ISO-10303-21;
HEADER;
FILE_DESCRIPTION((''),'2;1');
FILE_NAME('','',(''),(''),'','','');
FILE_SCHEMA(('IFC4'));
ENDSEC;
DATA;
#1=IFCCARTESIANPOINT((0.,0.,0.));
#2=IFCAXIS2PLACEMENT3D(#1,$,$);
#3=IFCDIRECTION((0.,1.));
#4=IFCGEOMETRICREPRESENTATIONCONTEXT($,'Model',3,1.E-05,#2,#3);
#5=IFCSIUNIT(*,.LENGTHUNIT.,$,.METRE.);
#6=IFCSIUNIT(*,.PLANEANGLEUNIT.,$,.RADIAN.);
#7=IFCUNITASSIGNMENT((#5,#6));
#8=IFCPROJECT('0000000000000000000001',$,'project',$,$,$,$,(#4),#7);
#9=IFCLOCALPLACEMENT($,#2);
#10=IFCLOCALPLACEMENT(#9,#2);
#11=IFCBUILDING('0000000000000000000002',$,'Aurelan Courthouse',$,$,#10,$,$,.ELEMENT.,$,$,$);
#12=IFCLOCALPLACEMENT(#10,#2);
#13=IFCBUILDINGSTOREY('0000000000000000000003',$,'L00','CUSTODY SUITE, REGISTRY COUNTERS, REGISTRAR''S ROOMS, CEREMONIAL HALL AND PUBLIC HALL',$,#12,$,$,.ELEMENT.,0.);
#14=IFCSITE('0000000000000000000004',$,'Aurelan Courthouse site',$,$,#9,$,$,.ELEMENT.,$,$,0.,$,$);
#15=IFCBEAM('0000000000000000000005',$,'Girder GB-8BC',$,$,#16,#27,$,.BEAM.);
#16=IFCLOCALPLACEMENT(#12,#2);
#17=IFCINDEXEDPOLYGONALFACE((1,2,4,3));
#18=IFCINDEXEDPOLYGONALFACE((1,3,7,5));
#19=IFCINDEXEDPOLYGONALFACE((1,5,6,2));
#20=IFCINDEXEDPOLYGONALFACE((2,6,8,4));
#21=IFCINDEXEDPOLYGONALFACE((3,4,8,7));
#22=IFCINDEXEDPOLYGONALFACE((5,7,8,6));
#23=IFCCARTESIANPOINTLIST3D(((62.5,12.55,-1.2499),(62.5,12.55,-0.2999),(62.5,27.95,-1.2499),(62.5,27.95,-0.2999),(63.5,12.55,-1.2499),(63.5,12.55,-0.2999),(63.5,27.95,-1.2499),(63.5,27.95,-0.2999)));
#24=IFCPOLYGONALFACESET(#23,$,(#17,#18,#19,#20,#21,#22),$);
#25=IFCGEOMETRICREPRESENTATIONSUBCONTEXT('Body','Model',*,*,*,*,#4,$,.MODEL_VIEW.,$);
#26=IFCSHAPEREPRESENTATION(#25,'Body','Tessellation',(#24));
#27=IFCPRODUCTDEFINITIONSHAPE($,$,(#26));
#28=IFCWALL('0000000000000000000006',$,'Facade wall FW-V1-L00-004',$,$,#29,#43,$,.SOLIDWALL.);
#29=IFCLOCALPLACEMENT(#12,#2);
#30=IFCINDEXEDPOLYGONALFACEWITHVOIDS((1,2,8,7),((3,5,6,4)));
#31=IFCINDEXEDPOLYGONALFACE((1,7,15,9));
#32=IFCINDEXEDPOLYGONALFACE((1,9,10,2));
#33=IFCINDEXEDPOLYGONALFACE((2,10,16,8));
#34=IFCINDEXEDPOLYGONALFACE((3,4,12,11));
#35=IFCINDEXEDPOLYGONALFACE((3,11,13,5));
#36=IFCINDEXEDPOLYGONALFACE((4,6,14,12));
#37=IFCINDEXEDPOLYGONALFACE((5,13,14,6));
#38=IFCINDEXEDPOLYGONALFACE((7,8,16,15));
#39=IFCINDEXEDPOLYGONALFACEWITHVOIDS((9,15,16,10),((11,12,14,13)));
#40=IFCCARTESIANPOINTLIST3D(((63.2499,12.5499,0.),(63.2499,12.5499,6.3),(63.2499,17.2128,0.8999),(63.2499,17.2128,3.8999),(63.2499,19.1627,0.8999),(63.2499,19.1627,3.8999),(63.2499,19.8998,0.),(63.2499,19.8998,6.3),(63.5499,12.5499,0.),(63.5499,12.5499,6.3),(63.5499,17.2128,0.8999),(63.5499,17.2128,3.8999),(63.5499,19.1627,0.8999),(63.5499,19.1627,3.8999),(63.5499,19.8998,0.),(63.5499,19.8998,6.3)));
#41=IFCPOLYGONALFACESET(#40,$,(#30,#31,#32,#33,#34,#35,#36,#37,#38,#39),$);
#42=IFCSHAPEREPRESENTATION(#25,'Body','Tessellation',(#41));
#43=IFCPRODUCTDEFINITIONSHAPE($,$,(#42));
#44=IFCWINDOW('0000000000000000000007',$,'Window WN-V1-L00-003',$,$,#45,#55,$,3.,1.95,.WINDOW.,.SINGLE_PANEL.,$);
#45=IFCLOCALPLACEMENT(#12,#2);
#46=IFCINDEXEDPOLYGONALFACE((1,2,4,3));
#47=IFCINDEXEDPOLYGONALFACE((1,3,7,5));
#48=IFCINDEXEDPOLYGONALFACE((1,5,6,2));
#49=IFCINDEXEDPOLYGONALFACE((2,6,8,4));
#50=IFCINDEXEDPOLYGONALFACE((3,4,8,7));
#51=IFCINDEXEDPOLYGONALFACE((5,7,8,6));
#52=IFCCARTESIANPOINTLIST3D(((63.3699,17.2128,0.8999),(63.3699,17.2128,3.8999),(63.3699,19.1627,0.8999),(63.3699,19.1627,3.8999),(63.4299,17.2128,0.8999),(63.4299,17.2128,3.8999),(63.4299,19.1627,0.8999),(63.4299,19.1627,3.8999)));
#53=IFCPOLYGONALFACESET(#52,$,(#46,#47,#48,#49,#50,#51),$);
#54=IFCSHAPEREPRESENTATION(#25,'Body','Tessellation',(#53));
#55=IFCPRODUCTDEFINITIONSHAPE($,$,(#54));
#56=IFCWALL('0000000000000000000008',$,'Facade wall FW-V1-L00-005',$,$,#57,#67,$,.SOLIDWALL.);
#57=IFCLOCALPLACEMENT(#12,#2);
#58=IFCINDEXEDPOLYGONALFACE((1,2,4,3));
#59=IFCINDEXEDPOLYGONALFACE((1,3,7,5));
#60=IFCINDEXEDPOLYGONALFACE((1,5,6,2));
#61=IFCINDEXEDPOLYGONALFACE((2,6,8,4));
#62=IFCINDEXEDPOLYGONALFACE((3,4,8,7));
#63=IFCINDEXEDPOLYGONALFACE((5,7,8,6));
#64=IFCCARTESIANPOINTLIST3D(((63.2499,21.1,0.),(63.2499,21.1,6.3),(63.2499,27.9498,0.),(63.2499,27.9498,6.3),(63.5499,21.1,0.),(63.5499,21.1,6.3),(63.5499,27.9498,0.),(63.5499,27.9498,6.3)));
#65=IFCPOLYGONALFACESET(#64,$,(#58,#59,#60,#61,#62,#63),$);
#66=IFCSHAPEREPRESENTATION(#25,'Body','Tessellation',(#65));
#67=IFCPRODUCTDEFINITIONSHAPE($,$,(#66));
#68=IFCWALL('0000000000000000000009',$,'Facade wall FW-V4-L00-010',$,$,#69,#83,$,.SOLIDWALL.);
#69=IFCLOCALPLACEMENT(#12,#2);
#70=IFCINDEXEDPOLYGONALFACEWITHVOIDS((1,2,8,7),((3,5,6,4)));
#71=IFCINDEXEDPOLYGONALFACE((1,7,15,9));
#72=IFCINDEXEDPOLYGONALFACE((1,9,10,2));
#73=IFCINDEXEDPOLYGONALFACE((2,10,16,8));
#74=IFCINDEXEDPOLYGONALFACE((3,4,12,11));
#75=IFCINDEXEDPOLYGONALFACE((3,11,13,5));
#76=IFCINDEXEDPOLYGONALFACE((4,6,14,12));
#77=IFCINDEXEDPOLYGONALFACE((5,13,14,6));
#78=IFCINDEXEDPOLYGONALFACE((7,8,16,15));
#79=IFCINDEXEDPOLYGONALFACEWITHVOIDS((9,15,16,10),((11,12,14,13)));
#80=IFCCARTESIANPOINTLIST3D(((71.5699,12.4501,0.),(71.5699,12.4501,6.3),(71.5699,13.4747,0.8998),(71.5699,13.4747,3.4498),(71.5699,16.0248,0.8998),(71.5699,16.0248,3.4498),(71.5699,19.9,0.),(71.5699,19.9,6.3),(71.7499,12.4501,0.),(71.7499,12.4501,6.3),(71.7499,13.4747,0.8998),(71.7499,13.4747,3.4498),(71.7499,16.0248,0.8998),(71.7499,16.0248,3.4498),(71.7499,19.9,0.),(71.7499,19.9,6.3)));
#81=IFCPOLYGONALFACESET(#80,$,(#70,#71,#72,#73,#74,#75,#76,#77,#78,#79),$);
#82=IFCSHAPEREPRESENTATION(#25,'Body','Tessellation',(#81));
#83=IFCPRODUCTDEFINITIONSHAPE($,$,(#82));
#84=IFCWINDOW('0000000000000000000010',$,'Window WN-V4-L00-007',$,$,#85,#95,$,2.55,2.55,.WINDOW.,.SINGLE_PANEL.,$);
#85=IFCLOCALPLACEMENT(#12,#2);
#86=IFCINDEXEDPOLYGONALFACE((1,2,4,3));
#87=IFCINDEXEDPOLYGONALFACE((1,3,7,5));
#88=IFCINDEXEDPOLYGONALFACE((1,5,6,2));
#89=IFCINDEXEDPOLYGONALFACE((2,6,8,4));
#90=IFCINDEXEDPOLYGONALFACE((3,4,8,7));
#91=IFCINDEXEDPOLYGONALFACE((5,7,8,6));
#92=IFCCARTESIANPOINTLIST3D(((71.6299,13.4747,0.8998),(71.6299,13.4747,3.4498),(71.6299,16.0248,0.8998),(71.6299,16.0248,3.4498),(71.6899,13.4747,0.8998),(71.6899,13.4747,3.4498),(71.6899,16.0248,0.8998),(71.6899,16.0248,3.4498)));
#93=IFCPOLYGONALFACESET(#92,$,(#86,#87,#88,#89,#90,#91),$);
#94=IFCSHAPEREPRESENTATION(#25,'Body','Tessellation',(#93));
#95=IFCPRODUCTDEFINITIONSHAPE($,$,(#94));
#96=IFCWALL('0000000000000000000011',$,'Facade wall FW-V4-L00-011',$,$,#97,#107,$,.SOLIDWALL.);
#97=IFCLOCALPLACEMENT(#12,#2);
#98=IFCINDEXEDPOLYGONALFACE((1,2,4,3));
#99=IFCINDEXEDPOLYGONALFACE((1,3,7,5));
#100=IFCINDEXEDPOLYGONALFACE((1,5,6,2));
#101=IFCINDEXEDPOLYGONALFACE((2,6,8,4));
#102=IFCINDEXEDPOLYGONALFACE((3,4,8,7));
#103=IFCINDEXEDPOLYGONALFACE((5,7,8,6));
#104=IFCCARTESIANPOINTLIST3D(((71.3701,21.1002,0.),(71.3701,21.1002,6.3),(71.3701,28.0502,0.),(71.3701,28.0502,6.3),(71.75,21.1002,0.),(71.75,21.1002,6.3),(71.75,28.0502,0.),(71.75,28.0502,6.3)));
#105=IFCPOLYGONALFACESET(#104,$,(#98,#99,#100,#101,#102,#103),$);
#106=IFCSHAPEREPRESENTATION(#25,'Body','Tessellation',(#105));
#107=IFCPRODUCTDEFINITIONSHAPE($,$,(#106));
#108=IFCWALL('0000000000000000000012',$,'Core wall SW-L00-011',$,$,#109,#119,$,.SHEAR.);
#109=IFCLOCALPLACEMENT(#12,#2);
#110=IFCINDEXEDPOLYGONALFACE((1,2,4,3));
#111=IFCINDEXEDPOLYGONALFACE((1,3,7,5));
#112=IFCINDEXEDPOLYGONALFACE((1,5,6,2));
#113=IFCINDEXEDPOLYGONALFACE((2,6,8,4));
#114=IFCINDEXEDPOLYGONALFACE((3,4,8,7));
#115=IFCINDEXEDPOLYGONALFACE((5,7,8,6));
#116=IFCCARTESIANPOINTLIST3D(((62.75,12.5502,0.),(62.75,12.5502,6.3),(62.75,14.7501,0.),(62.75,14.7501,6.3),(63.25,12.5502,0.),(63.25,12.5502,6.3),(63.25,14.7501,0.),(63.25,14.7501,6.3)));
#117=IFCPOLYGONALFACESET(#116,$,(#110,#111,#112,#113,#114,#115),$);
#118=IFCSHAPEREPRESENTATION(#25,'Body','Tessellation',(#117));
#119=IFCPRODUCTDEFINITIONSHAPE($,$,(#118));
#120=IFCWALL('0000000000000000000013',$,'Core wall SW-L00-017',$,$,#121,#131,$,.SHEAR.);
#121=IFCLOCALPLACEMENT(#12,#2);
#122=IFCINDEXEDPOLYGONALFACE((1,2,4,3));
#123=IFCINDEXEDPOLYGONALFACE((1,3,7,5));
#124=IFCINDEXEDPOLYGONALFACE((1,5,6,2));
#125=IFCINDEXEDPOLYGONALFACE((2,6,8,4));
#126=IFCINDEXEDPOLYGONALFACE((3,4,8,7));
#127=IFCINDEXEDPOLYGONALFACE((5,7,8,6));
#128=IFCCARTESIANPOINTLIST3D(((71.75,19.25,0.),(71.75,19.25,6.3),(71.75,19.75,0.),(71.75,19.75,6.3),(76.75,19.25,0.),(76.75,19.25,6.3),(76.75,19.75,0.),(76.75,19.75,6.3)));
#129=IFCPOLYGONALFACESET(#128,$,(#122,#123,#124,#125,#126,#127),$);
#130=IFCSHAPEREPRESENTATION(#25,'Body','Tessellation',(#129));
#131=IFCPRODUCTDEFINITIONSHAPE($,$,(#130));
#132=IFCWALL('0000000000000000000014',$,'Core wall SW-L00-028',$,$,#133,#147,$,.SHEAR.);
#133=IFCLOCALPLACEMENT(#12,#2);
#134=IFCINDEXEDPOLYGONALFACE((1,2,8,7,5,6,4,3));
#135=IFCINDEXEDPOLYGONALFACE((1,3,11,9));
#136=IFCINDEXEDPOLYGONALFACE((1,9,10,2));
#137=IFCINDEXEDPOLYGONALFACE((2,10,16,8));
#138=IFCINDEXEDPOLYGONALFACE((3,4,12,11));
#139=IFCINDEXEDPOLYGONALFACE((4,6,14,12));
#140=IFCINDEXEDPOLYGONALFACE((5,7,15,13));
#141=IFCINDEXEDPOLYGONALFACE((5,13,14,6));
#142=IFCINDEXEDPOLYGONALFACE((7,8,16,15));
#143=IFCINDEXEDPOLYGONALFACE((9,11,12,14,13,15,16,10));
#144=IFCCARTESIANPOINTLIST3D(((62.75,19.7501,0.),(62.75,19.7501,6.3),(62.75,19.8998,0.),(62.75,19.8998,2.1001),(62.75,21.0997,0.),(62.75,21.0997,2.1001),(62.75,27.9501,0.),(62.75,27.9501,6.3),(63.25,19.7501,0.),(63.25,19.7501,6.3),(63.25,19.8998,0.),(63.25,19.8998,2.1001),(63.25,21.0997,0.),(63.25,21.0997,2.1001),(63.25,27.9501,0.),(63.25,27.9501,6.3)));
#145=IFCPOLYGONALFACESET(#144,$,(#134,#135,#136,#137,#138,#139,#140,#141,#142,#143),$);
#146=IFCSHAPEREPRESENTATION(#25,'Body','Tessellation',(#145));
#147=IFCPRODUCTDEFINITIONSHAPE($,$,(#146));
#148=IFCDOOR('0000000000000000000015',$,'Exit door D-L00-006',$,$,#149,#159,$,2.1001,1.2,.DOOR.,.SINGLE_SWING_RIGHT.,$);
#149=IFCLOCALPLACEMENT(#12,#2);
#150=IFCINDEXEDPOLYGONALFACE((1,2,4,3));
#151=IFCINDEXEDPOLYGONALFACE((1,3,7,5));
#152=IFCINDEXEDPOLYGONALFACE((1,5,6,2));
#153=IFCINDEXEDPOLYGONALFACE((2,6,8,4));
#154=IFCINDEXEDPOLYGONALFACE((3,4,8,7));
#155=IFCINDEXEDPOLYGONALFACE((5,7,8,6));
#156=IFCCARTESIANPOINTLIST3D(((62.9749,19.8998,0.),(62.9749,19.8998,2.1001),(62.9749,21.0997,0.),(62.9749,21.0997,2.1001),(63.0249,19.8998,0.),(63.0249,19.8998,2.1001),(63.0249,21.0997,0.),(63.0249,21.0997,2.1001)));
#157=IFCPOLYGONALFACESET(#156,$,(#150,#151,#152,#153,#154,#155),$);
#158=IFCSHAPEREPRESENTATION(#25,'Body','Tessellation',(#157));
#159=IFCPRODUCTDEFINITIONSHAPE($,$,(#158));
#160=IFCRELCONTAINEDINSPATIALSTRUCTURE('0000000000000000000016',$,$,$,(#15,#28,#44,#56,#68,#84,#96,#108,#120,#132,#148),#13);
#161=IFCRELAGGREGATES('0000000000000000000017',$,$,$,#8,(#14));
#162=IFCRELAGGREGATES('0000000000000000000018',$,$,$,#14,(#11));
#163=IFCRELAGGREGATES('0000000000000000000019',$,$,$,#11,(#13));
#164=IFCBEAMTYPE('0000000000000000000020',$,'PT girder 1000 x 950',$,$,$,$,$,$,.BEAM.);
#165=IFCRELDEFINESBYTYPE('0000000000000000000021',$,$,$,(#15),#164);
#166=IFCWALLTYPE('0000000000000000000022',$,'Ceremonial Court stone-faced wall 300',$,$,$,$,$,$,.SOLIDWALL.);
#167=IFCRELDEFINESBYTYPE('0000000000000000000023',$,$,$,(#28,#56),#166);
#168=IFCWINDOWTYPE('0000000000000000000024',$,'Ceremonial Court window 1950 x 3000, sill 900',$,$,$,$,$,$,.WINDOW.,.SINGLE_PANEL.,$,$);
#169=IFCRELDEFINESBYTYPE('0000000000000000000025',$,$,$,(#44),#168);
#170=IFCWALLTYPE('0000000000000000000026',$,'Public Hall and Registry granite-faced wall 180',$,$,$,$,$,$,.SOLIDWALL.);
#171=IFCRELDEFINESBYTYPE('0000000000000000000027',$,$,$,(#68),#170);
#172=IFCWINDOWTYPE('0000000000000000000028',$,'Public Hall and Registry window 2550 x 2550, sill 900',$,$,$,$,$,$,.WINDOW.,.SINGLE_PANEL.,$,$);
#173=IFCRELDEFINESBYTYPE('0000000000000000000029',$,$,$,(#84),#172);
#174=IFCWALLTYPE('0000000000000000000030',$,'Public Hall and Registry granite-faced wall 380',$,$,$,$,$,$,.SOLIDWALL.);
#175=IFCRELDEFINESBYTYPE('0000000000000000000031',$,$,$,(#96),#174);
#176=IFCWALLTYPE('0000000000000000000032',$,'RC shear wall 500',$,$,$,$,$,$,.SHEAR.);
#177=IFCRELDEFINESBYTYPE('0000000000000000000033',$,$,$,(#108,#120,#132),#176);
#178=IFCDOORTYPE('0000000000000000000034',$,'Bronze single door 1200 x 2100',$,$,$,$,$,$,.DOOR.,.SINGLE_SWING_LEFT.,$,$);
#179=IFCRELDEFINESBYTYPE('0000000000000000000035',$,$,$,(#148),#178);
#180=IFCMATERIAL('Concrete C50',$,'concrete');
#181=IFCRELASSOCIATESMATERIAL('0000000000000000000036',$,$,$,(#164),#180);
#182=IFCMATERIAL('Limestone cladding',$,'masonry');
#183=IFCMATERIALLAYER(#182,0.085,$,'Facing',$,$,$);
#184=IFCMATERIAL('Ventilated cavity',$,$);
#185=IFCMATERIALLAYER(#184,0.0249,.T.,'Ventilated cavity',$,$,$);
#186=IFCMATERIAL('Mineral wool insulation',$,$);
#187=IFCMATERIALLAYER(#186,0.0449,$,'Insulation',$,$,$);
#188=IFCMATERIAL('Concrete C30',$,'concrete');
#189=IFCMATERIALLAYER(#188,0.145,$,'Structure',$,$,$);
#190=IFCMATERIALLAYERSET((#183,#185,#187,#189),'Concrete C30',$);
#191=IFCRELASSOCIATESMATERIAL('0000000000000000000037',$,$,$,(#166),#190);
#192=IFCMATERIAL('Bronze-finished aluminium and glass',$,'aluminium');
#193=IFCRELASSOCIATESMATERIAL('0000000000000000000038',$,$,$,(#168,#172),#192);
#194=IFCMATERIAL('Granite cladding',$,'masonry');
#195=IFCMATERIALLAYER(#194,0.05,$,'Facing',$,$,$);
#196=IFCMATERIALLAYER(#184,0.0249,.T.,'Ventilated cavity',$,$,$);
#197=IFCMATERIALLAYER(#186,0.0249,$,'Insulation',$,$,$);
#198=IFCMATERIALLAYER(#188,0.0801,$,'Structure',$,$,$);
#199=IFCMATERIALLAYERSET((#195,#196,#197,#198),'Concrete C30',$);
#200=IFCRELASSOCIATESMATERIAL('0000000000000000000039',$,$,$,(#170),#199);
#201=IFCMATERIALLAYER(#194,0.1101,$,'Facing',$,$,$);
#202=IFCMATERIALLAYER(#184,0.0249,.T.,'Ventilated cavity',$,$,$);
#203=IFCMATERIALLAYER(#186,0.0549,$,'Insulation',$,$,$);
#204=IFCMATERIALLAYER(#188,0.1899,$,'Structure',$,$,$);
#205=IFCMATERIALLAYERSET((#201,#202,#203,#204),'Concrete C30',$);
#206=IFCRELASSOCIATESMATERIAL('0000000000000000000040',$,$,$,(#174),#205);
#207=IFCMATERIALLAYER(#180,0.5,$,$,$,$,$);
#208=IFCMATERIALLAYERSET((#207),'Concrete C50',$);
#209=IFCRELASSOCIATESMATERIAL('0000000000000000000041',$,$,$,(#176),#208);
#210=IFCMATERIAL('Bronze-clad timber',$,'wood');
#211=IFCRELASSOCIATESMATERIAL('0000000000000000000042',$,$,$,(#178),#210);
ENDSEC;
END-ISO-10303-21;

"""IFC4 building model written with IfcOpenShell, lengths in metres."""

from ifc_helpers import new_model, si_unit, direction, frame, frame_2d, origin, origin_2d, place, context, subcontext, project, spatial, rectangle, extrude, material, layer, layer_set, material_profile, profile_set, type_object, element, fill, save


model = new_model("IFC4")

# Units and contexts
model_context = context("Model", 3, precision=1e-05, world=origin(), true_north=direction((0.0, 1.0)))
body_context = subcontext(model_context, "Body", "Model", "MODEL_VIEW")
ifc_project = project(units=[si_unit("LENGTHUNIT", "METRE"), si_unit("PLANEANGLEUNIT", "RADIAN")], contexts=[model_context])

# Site, building, storey
site_placement = place(None, origin())
site = spatial("IfcSite", under=ifc_project, at=site_placement, Name="Aurelan Courthouse site", CompositionType="ELEMENT", RefElevation=0.0)
building_placement = place(site_placement, origin())
building = spatial("IfcBuilding", under=site, at=building_placement, Name="Aurelan Courthouse", CompositionType="ELEMENT")
storey_placement = place(building_placement, origin())
storey = spatial("IfcBuildingStorey", under=building, at=storey_placement, Name="L00", Description="CUSTODY SUITE, REGISTRY COUNTERS, REGISTRAR'S ROOMS, CEREMONIAL HALL AND PUBLIC HALL", CompositionType="ELEMENT", Elevation=0.0)

# Beam
ifc_material_1 = material(Name="Concrete C50", Category="concrete")
ifc_material_profile = material_profile(ifc_material_1, rectangle(XDim=1.0, YDim=0.95, at=origin_2d()), Name="RC 1000 x 950")
ifc_profile_set = profile_set([ifc_material_profile], Name="Concrete C50")
beam_type = type_object("IfcBeamType", Name="PT girder 1000 x 950", PredefinedType="BEAM", material=ifc_profile_set)
beam_placement = place(storey_placement, frame((63.0, 12.55, -0.7749), z_axis=(0.0, 1.0, 0.0), x_axis=(-1.0, 0.0, 0.0)))
element("IfcBeam", 1, at=beam_placement, inside=storey, type_object=beam_type, Name="Girder GB-8BC", PredefinedType="BEAM", context=body_context, shape_type="SweptSolid", body=[
    extrude(rectangle(XDim=1.0, YDim=0.95, at=origin_2d()), origin(), (0.0, 0.0, 1.0), 15.3999),
])

# Wall, opening, window
ifc_material_2 = material(Name="Limestone cladding", Category="masonry")
ifc_layer_1 = layer(ifc_material_2, 0.085, Name="Facing")
ifc_material_3 = material(Name="Ventilated cavity")
ifc_layer_2 = layer(ifc_material_3, 0.0249, ventilated=True, Name="Ventilated cavity")
ifc_material_4 = material(Name="Mineral wool insulation")
ifc_layer_3 = layer(ifc_material_4, 0.0449, Name="Insulation")
ifc_material_5 = material(Name="Concrete C30", Category="concrete")
ifc_layer_4 = layer(ifc_material_5, 0.145, Name="Structure")
ifc_layer_set_1 = layer_set([ifc_layer_1, ifc_layer_2, ifc_layer_3, ifc_layer_4], Name="Concrete C30")
wall_type_1 = type_object("IfcWallType", Name="Ceremonial Court stone-faced wall 300", PredefinedType="SOLIDWALL", material=ifc_layer_set_1)
wall_1_placement = place(storey_placement, frame((63.3999, 12.55, 0.0), z_axis=(0.0, 0.0, 1.0), x_axis=(0.0, 1.0, 0.0)))
wall_1 = element("IfcWall", 2, at=wall_1_placement, inside=storey, type_object=wall_type_1, Name="Facade wall FW-V1-L00-004", PredefinedType="SOLIDWALL", context=body_context, shape_type="SweptSolid", body=[
    extrude(rectangle(XDim=7.3499, YDim=0.3, at=frame_2d((3.6748, 0.0))), origin(), (0.0, 0.0, 1.0), 6.3),
])
opening_1_placement = place(wall_1_placement, frame((4.6626, 0.0, 0.8999)))
opening_1 = element("IfcOpeningElement", 3, at=opening_1_placement, cuts=wall_1, PredefinedType="OPENING", context=body_context, shape_type="SweptSolid", body=[
    extrude(rectangle(XDim=1.95, YDim=3.0, at=frame_2d((0.9751, 1.5))), frame((0.0, 0.1599, 0.0), z_axis=(0.0, -1.0, 0.0), x_axis=(1.0, 0.0, 0.0)), (0.0, 0.0, 1.0), 0.3201),
])
ifc_material_6 = material(Name="Bronze-finished aluminium and glass", Category="aluminium")
window_type_1 = type_object("IfcWindowType", Name="Ceremonial Court window 1950 x 3000, sill 900", PartitioningType="SINGLE_PANEL", PredefinedType="WINDOW", material=ifc_material_6)
window_1_placement = place(opening_1_placement, origin())
window_1 = element("IfcWindow", 4, at=window_1_placement, inside=storey, type_object=window_type_1, Name="Window WN-V1-L00-003", OverallHeight=3.0, OverallWidth=1.95, PartitioningType="SINGLE_PANEL", PredefinedType="WINDOW", context=body_context, shape_type="SweptSolid", body=[
    extrude(rectangle(XDim=1.95, YDim=3.0, at=frame_2d((0.9751, 1.5))), frame((0.0, 0.03, 0.0), z_axis=(0.0, -1.0, 0.0), x_axis=(1.0, 0.0, 0.0)), (0.0, 0.0, 1.0), 0.0601),
])
fill(opening_1, window_1)

# Wall
wall_2_placement = place(storey_placement, frame((63.3999, 21.1001, 0.0), z_axis=(0.0, 0.0, 1.0), x_axis=(0.0, 1.0, 0.0)))
element("IfcWall", 5, at=wall_2_placement, inside=storey, type_object=wall_type_1, Name="Facade wall FW-V1-L00-005", PredefinedType="SOLIDWALL", context=body_context, shape_type="SweptSolid", body=[
    extrude(rectangle(XDim=6.8499, YDim=0.3, at=frame_2d((3.4248, 0.0))), origin(), (0.0, 0.0, 1.0), 6.3),
])

# Wall, opening, window
ifc_material_7 = material(Name="Granite cladding", Category="masonry")
ifc_layer_5 = layer(ifc_material_7, 0.05, Name="Facing")
ifc_layer_6 = layer(ifc_material_3, 0.0249, ventilated=True, Name="Ventilated cavity")
ifc_layer_7 = layer(ifc_material_4, 0.0249, Name="Insulation")
ifc_layer_8 = layer(ifc_material_5, 0.0801, Name="Structure")
ifc_layer_set_2 = layer_set([ifc_layer_5, ifc_layer_6, ifc_layer_7, ifc_layer_8], Name="Concrete C30")
wall_type_2 = type_object("IfcWallType", Name="Public Hall and Registry granite-faced wall 180", PredefinedType="SOLIDWALL", material=ifc_layer_set_2)
wall_3_placement = place(storey_placement, frame((71.6599, 12.45, 0.0), z_axis=(0.0, 0.0, 1.0), x_axis=(0.0, 1.0, 0.0)))
wall_3 = element("IfcWall", 6, at=wall_3_placement, inside=storey, type_object=wall_type_2, Name="Facade wall FW-V4-L00-010", PredefinedType="SOLIDWALL", context=body_context, shape_type="SweptSolid", body=[
    extrude(rectangle(XDim=7.45, YDim=0.1799, at=frame_2d((3.7251, 0.0))), origin(), (0.0, 0.0, 1.0), 6.3),
])
opening_2_placement = place(wall_3_placement, frame((1.0249, 0.0, 0.8999)))
opening_2 = element("IfcOpeningElement", 7, at=opening_2_placement, cuts=wall_3, PredefinedType="OPENING", context=body_context, shape_type="SweptSolid", body=[
    extrude(rectangle(XDim=2.55, YDim=2.55, at=frame_2d((1.2749, 1.2749))), frame((0.0, 0.0999, 0.0), z_axis=(0.0, -1.0, 0.0), x_axis=(1.0, 0.0, 0.0)), (0.0, 0.0, 1.0), 0.2),
])
window_type_2 = type_object("IfcWindowType", Name="Public Hall and Registry window 2550 x 2550, sill 900", PartitioningType="SINGLE_PANEL", PredefinedType="WINDOW", material=ifc_material_6)
window_2_placement = place(opening_2_placement, origin())
window_2 = element("IfcWindow", 8, at=window_2_placement, inside=storey, type_object=window_type_2, Name="Window WN-V4-L00-007", OverallHeight=2.55, OverallWidth=2.55, PartitioningType="SINGLE_PANEL", PredefinedType="WINDOW", context=body_context, shape_type="SweptSolid", body=[
    extrude(rectangle(XDim=2.55, YDim=2.55, at=frame_2d((1.2749, 1.2749))), frame((0.0, 0.03, 0.0), z_axis=(0.0, -1.0, 0.0), x_axis=(1.0, 0.0, 0.0)), (0.0, 0.0, 1.0), 0.0601),
])
fill(opening_2, window_2)

# Walls
ifc_layer_9 = layer(ifc_material_7, 0.1101, Name="Facing")
ifc_layer_10 = layer(ifc_material_3, 0.0249, ventilated=True, Name="Ventilated cavity")
ifc_layer_11 = layer(ifc_material_4, 0.0549, Name="Insulation")
ifc_layer_12 = layer(ifc_material_5, 0.1899, Name="Structure")
ifc_layer_set_3 = layer_set([ifc_layer_9, ifc_layer_10, ifc_layer_11, ifc_layer_12], Name="Concrete C30")
wall_type_3 = type_object("IfcWallType", Name="Public Hall and Registry granite-faced wall 380", PredefinedType="SOLIDWALL", material=ifc_layer_set_3)
wall_4_placement = place(storey_placement, frame((71.5601, 21.1001, 0.0), z_axis=(0.0, 0.0, 1.0), x_axis=(0.0, 1.0, 0.0)))
element("IfcWall", 9, at=wall_4_placement, inside=storey, type_object=wall_type_3, Name="Facade wall FW-V4-L00-011", PredefinedType="SOLIDWALL", context=body_context, shape_type="SweptSolid", body=[
    extrude(rectangle(XDim=6.95, YDim=0.3799, at=frame_2d((3.4751, 0.0))), origin(), (0.0, 0.0, 1.0), 6.3),
])
ifc_layer_13 = layer(ifc_material_1, 0.5)
ifc_layer_set_4 = layer_set([ifc_layer_13], Name="Concrete C50")
wall_type_4 = type_object("IfcWallType", Name="RC shear wall 500", PredefinedType="SHEAR", material=ifc_layer_set_4)
wall_5_placement = place(storey_placement, frame((63.0, 12.55, 0.0), z_axis=(0.0, 0.0, 1.0), x_axis=(0.0, 1.0, 0.0)))
element("IfcWall", 10, at=wall_5_placement, inside=storey, type_object=wall_type_4, Name="Core wall SW-L00-011", PredefinedType="SHEAR", context=body_context, shape_type="SweptSolid", body=[
    extrude(rectangle(XDim=2.2, YDim=0.5, at=frame_2d((1.1001, 0.0))), origin(), (0.0, 0.0, 1.0), 6.3),
])
wall_6_placement = place(storey_placement, frame((71.75, 19.5, 0.0), z_axis=(0.0, 0.0, 1.0), x_axis=(1.0, 0.0, 0.0)))
element("IfcWall", 11, at=wall_6_placement, inside=storey, type_object=wall_type_4, Name="Core wall SW-L00-017", PredefinedType="SHEAR", context=body_context, shape_type="SweptSolid", body=[
    extrude(rectangle(XDim=5.0, YDim=0.5, at=frame_2d((2.5, 0.0))), origin(), (0.0, 0.0, 1.0), 6.3),
])

# Wall, opening, door
wall_7_placement = place(storey_placement, frame((63.0, 19.75, 0.0), z_axis=(0.0, 0.0, 1.0), x_axis=(0.0, 1.0, 0.0)))
wall_7 = element("IfcWall", 12, at=wall_7_placement, inside=storey, type_object=wall_type_4, Name="Core wall SW-L00-028", PredefinedType="SHEAR", context=body_context, shape_type="SweptSolid", body=[
    extrude(rectangle(XDim=8.2, YDim=0.5, at=frame_2d((4.1001, 0.0))), origin(), (0.0, 0.0, 1.0), 6.3),
])
opening_3_placement = place(wall_7_placement, frame((1.3499, 0.0, 0.0), z_axis=(0.0, 0.0, 1.0), x_axis=(-1.0, 0.0, 0.0)))
opening_3 = element("IfcOpeningElement", 13, at=opening_3_placement, cuts=wall_7, PredefinedType="OPENING", context=body_context, shape_type="SweptSolid", body=[
    extrude(rectangle(XDim=1.2, YDim=2.1001, at=frame_2d((0.6001, 1.05))), frame((0.0, 0.26, 0.0), z_axis=(0.0, -1.0, 0.0), x_axis=(1.0, 0.0, 0.0)), (0.0, 0.0, 1.0), 0.52),
])
ifc_material_8 = material(Name="Bronze-clad timber", Category="wood")
door_type = type_object("IfcDoorType", Name="Bronze single door 1200 x 2100", OperationType="SINGLE_SWING_LEFT", PredefinedType="DOOR", material=ifc_material_8)
door_placement = place(opening_3_placement, origin())
door = element("IfcDoor", 14, at=door_placement, inside=storey, type_object=door_type, Name="Exit door D-L00-006", OperationType="SINGLE_SWING_RIGHT", OverallHeight=2.1001, OverallWidth=1.2, PredefinedType="DOOR", context=body_context, shape_type="SweptSolid", body=[
    extrude(rectangle(XDim=1.2, YDim=2.1001, at=frame_2d((0.6001, 1.05))), frame((0.0, 0.0249, 0.0), z_axis=(0.0, -1.0, 0.0), x_axis=(1.0, 0.0, 0.0)), (0.0, 0.0, 1.0), 0.05),
])
fill(opening_3, door)

save(model, "model.ifc")
